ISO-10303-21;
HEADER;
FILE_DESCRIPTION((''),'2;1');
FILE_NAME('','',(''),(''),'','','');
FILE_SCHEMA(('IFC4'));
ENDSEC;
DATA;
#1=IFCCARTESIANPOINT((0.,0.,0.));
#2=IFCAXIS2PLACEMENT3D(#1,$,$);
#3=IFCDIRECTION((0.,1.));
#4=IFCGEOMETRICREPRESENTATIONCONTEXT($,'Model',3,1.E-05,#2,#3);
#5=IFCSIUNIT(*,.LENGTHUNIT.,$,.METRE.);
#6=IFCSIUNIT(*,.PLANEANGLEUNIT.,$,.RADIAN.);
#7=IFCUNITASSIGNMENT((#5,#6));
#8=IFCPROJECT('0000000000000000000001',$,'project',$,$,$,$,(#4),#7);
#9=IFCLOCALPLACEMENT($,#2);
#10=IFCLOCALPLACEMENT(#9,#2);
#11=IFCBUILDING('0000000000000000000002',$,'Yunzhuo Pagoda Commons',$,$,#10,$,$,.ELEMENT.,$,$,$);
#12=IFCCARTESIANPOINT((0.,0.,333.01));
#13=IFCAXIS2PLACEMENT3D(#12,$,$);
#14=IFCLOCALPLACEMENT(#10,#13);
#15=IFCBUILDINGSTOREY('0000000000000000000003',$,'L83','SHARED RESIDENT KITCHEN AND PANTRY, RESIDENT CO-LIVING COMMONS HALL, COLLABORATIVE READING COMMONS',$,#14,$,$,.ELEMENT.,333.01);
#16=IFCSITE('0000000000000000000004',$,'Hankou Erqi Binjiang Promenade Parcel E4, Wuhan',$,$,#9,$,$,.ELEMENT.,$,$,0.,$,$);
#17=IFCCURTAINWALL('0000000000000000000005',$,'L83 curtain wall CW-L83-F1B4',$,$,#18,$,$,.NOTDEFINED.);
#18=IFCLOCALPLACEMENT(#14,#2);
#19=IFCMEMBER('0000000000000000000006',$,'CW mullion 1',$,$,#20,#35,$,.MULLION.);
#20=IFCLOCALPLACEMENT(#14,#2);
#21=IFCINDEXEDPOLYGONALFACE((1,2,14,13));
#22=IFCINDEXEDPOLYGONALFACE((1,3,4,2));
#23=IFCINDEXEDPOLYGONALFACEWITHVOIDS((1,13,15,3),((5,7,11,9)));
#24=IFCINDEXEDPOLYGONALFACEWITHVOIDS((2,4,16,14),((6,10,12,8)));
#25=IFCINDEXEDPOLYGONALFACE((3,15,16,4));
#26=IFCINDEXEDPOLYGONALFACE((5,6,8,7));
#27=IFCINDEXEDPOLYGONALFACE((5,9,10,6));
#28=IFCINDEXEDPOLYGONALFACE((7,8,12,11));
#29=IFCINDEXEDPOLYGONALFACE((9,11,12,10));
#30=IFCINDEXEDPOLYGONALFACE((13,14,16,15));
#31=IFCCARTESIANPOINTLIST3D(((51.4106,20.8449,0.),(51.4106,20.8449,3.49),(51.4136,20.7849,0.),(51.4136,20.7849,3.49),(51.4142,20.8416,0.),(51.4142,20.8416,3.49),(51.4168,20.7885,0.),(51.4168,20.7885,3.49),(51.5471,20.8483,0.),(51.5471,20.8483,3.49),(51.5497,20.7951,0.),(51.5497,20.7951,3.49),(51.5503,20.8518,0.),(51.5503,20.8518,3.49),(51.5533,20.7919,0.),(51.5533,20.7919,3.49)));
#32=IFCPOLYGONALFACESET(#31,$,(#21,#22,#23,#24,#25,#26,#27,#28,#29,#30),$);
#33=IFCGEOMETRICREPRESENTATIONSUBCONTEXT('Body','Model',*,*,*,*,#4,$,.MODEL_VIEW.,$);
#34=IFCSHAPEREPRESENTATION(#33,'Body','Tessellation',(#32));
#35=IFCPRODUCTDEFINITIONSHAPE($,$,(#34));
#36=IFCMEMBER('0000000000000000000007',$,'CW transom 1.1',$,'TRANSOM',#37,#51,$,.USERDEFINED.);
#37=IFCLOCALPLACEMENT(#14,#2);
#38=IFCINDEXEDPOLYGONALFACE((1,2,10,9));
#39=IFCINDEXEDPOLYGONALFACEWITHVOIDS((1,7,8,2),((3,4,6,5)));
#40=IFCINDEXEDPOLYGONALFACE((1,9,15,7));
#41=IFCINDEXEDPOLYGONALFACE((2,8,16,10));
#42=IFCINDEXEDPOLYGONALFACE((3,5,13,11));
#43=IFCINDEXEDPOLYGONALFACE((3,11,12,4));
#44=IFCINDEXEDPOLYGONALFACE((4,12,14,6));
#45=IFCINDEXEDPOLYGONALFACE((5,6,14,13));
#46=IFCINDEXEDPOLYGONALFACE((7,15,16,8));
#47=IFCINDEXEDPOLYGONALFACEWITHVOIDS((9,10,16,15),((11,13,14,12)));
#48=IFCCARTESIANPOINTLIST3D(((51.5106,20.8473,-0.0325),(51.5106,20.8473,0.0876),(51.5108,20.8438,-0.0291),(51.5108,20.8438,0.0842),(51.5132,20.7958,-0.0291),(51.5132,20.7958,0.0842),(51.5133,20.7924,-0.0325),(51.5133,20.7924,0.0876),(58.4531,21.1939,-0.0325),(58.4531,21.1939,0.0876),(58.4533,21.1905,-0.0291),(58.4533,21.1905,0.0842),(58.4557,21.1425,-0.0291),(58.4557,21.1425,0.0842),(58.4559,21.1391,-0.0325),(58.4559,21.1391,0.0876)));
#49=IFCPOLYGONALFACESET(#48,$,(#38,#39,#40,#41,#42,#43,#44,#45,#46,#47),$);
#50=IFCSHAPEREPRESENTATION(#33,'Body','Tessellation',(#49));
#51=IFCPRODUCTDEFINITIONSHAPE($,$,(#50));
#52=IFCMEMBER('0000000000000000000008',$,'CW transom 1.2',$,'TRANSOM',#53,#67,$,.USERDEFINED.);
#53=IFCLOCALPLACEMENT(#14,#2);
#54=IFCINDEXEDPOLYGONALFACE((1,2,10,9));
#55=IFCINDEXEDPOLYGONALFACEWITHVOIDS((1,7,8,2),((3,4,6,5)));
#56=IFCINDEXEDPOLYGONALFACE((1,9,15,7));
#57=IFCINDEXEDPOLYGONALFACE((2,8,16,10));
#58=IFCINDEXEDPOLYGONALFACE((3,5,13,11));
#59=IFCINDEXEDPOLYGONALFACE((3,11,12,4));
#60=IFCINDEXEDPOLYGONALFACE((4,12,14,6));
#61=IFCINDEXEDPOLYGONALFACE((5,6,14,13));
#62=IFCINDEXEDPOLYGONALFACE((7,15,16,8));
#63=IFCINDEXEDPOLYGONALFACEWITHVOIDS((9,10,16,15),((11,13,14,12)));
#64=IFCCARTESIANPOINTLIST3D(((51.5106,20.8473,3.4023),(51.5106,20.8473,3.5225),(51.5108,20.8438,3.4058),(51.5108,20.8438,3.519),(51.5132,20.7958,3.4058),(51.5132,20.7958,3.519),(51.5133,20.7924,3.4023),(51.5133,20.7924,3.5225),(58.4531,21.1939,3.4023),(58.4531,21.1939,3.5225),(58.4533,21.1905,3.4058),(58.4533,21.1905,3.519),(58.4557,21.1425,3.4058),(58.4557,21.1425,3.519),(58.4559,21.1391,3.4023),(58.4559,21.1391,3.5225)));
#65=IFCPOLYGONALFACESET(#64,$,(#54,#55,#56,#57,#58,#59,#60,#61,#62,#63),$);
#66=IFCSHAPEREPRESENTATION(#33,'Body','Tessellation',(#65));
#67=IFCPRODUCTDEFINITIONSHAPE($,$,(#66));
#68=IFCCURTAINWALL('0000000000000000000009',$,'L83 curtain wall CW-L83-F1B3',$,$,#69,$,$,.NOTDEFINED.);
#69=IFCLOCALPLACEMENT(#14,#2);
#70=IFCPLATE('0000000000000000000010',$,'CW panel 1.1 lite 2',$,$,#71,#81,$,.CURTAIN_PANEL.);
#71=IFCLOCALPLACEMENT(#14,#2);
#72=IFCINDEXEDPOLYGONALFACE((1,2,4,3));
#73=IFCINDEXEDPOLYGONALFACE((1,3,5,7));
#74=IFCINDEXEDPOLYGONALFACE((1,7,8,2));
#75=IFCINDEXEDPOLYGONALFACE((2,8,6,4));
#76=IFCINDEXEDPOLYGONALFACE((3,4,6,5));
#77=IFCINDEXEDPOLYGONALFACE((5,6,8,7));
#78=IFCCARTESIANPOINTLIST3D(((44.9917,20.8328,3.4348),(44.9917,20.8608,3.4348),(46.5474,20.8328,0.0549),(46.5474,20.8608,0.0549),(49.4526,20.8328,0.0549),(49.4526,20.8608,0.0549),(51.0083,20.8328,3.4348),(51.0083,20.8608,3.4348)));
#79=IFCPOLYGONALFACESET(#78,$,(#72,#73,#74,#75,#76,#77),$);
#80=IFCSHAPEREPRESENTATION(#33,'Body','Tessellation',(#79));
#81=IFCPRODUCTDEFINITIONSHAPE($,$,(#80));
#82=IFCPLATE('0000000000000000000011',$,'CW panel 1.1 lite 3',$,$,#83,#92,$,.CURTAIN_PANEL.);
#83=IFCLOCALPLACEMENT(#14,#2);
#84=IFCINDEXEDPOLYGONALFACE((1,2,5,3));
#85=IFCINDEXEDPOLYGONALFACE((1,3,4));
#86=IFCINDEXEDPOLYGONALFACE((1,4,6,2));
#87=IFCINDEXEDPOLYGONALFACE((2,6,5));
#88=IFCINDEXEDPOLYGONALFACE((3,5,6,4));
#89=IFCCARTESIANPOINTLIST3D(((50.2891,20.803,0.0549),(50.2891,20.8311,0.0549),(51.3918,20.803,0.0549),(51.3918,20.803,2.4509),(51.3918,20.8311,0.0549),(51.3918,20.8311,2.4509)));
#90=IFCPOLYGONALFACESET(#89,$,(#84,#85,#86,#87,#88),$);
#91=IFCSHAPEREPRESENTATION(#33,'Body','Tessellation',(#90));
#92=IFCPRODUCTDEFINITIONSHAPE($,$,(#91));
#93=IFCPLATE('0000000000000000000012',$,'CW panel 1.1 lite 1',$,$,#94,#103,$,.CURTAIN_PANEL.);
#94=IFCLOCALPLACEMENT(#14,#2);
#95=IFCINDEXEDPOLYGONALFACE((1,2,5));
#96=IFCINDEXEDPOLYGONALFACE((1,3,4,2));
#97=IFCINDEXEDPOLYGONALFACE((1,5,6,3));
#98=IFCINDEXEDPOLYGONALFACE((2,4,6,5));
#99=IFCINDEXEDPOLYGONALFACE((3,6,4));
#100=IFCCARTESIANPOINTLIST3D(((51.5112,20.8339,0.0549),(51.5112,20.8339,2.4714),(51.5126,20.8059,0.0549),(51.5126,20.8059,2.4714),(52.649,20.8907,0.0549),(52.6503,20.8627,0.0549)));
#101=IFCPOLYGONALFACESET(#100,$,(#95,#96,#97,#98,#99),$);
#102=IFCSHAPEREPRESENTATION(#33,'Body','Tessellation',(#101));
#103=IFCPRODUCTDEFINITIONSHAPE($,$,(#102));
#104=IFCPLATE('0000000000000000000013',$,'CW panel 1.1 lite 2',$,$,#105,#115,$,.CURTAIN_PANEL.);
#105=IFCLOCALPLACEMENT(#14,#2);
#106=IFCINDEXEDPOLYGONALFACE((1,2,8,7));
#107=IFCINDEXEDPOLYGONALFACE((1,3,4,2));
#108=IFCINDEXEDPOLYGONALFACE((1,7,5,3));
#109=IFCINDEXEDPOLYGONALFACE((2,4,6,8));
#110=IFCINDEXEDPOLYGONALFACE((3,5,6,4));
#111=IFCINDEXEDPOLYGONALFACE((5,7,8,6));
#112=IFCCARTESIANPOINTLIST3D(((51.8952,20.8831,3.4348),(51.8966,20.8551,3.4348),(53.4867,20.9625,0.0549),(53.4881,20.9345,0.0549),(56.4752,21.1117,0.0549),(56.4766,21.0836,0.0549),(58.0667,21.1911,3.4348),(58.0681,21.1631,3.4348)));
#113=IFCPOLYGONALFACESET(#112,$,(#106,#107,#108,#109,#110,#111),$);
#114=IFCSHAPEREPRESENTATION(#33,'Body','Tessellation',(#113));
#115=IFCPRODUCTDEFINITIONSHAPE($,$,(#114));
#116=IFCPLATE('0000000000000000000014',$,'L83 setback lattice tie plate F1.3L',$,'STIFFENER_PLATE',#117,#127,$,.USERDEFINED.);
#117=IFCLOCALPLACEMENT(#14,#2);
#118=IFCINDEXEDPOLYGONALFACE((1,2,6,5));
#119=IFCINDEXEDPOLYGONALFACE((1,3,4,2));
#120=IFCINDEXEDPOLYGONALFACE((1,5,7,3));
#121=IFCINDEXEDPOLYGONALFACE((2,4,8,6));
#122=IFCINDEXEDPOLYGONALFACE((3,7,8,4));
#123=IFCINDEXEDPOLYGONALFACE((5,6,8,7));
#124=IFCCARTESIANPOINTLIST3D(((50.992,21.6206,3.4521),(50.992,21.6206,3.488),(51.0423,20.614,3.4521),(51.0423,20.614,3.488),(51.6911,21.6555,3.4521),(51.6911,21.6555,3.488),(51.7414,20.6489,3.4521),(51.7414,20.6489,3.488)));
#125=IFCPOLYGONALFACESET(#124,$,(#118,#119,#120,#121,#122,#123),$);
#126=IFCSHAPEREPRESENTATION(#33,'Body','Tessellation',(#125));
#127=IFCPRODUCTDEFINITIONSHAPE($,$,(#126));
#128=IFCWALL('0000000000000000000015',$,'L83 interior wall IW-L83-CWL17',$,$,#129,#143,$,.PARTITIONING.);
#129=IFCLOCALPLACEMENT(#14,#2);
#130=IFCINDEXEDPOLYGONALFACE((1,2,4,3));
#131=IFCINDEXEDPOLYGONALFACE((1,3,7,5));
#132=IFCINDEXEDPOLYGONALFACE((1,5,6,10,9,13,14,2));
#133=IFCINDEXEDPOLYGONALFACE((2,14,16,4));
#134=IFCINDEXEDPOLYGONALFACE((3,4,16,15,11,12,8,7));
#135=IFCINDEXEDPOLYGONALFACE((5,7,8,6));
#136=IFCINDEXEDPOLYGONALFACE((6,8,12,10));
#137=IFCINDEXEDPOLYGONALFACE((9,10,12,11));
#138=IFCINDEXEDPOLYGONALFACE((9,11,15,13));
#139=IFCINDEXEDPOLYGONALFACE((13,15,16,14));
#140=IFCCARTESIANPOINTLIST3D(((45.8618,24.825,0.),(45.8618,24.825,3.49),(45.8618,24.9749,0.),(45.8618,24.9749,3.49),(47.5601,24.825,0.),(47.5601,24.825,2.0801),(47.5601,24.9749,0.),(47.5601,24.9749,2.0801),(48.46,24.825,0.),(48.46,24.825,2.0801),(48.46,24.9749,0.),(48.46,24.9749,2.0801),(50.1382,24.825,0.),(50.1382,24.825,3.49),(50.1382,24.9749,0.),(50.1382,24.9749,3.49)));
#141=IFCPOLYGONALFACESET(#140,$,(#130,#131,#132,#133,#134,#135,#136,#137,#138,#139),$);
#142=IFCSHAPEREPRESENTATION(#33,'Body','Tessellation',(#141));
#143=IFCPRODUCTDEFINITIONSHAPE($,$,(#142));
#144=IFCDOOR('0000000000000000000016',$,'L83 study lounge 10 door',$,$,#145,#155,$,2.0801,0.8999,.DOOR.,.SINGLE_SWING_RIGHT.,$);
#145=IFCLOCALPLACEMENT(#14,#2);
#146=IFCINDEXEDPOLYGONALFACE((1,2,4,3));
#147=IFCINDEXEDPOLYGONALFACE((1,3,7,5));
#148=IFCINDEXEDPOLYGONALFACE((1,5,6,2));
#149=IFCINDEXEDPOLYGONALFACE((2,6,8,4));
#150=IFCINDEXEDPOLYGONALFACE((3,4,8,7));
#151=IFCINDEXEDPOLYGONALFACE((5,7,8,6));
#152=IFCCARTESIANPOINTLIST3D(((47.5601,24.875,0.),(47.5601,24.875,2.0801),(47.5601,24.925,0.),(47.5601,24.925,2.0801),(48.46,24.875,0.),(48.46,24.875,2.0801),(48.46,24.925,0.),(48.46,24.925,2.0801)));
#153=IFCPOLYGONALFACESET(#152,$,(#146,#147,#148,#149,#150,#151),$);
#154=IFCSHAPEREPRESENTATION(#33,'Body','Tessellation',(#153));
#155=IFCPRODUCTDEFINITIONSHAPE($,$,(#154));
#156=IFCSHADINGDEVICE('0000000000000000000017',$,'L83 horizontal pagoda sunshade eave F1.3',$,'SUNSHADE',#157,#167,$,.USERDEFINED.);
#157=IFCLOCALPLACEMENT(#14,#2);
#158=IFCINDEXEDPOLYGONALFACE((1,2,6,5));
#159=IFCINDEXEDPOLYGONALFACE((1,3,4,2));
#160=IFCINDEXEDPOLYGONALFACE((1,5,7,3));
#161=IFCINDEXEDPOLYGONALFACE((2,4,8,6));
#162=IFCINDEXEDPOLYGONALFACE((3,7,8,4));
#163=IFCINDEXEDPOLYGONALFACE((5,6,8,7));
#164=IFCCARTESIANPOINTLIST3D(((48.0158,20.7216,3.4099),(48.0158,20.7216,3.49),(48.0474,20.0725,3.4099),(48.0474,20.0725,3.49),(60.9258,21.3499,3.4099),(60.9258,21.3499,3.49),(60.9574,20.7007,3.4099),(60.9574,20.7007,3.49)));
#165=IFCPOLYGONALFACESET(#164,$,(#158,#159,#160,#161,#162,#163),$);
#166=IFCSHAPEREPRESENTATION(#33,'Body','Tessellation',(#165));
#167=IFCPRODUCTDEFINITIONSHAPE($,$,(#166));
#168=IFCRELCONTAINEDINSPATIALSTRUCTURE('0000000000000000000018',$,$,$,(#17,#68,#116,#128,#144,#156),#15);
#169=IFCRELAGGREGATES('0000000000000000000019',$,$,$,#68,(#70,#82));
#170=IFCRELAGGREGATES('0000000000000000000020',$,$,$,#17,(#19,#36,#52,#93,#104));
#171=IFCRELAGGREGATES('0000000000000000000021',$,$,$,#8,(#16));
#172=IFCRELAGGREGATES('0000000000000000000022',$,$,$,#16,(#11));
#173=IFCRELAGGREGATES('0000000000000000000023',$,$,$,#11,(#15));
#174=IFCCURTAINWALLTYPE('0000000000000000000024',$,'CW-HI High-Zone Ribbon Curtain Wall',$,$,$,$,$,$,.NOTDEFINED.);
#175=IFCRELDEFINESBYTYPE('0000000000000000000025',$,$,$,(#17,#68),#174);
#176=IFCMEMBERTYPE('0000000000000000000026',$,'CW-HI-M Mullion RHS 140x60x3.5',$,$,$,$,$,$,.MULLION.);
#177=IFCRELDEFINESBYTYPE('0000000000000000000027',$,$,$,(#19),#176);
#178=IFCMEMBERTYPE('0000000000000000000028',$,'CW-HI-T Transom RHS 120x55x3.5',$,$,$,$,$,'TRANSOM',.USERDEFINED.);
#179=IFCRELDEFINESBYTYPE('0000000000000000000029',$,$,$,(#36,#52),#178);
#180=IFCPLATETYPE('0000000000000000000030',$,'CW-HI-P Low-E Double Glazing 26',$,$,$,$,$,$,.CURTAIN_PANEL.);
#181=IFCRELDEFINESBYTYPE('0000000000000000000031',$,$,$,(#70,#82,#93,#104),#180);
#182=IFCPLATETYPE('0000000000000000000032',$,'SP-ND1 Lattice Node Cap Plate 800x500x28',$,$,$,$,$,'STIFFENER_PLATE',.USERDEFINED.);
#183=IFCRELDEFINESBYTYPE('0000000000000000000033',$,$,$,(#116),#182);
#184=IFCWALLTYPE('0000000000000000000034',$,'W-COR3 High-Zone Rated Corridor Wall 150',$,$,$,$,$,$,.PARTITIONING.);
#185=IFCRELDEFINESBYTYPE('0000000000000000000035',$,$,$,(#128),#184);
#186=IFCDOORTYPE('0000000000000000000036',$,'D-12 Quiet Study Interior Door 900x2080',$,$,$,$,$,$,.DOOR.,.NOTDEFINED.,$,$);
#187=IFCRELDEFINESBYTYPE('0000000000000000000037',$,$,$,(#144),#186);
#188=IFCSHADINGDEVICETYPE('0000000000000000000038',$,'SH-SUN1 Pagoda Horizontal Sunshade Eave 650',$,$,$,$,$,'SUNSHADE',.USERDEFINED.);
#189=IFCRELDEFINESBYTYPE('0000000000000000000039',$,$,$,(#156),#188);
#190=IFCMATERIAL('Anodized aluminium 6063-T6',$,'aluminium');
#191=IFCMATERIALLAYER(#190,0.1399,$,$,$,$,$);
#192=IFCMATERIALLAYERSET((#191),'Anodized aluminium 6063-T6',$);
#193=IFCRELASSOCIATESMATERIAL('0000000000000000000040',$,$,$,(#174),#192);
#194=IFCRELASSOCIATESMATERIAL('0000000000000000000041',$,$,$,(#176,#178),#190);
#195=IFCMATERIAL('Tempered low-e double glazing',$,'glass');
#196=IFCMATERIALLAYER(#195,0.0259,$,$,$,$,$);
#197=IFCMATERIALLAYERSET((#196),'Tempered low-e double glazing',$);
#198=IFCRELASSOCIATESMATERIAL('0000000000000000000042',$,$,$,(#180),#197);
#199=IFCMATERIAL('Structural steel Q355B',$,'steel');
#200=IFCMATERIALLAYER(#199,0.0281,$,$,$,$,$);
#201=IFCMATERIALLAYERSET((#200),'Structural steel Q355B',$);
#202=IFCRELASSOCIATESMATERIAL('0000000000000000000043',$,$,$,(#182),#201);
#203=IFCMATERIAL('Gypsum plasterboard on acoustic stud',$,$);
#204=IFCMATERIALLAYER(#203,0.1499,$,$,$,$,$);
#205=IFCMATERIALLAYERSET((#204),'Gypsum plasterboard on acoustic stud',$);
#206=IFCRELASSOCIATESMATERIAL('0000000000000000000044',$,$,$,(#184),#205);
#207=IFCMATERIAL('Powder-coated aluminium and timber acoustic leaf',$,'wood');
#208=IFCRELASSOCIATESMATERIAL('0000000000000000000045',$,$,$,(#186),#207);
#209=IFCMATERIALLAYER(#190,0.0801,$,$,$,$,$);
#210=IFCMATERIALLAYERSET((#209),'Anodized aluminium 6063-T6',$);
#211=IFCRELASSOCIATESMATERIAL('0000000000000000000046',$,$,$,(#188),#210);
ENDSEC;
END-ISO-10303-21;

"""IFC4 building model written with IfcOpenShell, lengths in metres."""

from ifc_helpers import new_model, si_unit, direction, frame, frame_2d, origin, origin_with_axes, origin_2d, place, context, subcontext, project, spatial, polyline, rectangle, hollow_rectangle, outline, extrude, source, transform, mapped, material, layer, layer_set, material_profile, profile_set, type_object, element, fill, aggregate, save


model = new_model("IFC4")

# Units and contexts
model_context = context("Model", 3, precision=1e-05, world=origin(), true_north=direction((0.0, 1.0)))
body_context = subcontext(model_context, "Body", "Model", "MODEL_VIEW")
ifc_project = project(units=[si_unit("LENGTHUNIT", "METRE"), si_unit("PLANEANGLEUNIT", "RADIAN")], contexts=[model_context])

# Site, building, storey
site_placement = place(None, origin())
site = spatial("IfcSite", under=ifc_project, at=site_placement, Name="Hankou Erqi Binjiang Promenade Parcel E4, Wuhan", CompositionType="ELEMENT", RefElevation=0.0)
building_placement = place(site_placement, origin())
building = spatial("IfcBuilding", under=site, at=building_placement, Name="Yunzhuo Pagoda Commons", CompositionType="ELEMENT")
storey_placement = place(building_placement, frame((0.0, 0.0, 333.01)))
storey = spatial("IfcBuildingStorey", under=building, at=storey_placement, Name="L83", Description="SHARED RESIDENT KITCHEN AND PANTRY, RESIDENT CO-LIVING COMMONS HALL, COLLABORATIVE READING COMMONS", CompositionType="ELEMENT", Elevation=333.01)

# Shared definitions
ifc_material_1 = material(Name="Structural steel Q355B", Category="steel")

# Curtain wall, members
ifc_material_2 = material(Name="Anodized aluminium 6063-T6", Category="aluminium")
ifc_layer_1 = layer(ifc_material_2, 0.1399)
ifc_layer_set_1 = layer_set([ifc_layer_1], Name="Anodized aluminium 6063-T6")
curtain_wall_type = type_object("IfcCurtainWallType", Name="CW-HI High-Zone Ribbon Curtain Wall", PredefinedType="NOTDEFINED", material=ifc_layer_set_1)
curtain_wall_1_placement = place(storey_placement, origin())
curtain_wall_1 = element("IfcCurtainWall", 1, at=curtain_wall_1_placement, inside=storey, type_object=curtain_wall_type, Name="L83 curtain wall CW-L83-F1B4", PredefinedType="NOTDEFINED")
ifc_material_profile_1 = material_profile(ifc_material_2, hollow_rectangle(XDim=0.0601, YDim=0.1399, WallThickness=0.0034, at=origin_2d()), Name="Anodized aluminium 6063-T6")
ifc_profile_set_1 = profile_set([ifc_material_profile_1], Name="Anodized aluminium 6063-T6")
member_type_1 = type_object("IfcMemberType", Name="CW-HI-M Mullion RHS 140x60x3.5", PredefinedType="MULLION", material=ifc_profile_set_1)
shared_shape_1 = source(origin(), body_context, "Body", "SweptSolid", [
    extrude(hollow_rectangle(XDim=0.0601, YDim=0.1399, WallThickness=0.0034, at=origin_2d()), origin(), (0.0, 0.0, 1.0), 3.49),
])
member_1_placement = place(storey_placement, frame((51.4819, 20.8184, 0.0), z_axis=(0.0, 0.0, 1.0), x_axis=(-0.04985, 0.998757, 0.0)))
member_1 = element("IfcMember", 2, at=member_1_placement, type_object=member_type_1, Name="CW mullion 1", PredefinedType="MULLION", context=body_context, shape_type="MappedRepresentation", body=[
    mapped(shared_shape_1, transform((0.0, 0.0, 0.0), scale=1.0)),
])
ifc_material_profile_2 = material_profile(ifc_material_2, hollow_rectangle(XDim=0.0549, YDim=0.1201, WallThickness=0.0034, at=origin_2d()), Name="Anodized aluminium 6063-T6")
ifc_profile_set_2 = profile_set([ifc_material_profile_2], Name="Anodized aluminium 6063-T6")
member_type_2 = type_object("IfcMemberType", Name="CW-HI-T Transom RHS 120x55x3.5", ElementType="TRANSOM", PredefinedType="USERDEFINED", material=ifc_profile_set_2)
shared_shape_2 = source(origin(), body_context, "Body", "SweptSolid", [
    extrude(hollow_rectangle(XDim=0.0549, YDim=0.1201, WallThickness=0.0034, at=origin_2d()), origin(), (0.0, 0.0, 1.0), 6.9512),
])
member_2_placement = place(storey_placement, frame((51.512, 20.8198, 0.0276), z_axis=(0.998756, 0.049873, 0.0), x_axis=(-0.049873, 0.998756, 0.0)))
member_2 = element("IfcMember", 3, at=member_2_placement, type_object=member_type_2, Name="CW transom 1.1", ObjectType="TRANSOM", PredefinedType="USERDEFINED", context=body_context, shape_type="MappedRepresentation", body=[
    mapped(shared_shape_2, transform((0.0, 0.0, 0.0), scale=1.0)),
])
member_3_placement = place(storey_placement, frame((51.512, 20.8198, 3.4624), z_axis=(0.998756, 0.049873, 0.0), x_axis=(-0.049873, 0.998756, 0.0)))
member_3 = element("IfcMember", 4, at=member_3_placement, type_object=member_type_2, Name="CW transom 1.2", ObjectType="TRANSOM", PredefinedType="USERDEFINED", context=body_context, shape_type="MappedRepresentation", body=[
    mapped(shared_shape_2, transform((0.0, 0.0, 0.0), scale=1.0)),
])

# Curtain wall, plates
curtain_wall_2_placement = place(storey_placement, origin())
curtain_wall_2 = element("IfcCurtainWall", 5, at=curtain_wall_2_placement, inside=storey, type_object=curtain_wall_type, Name="L83 curtain wall CW-L83-F1B3", PredefinedType="NOTDEFINED")
ifc_material_3 = material(Name="Tempered low-e double glazing", Category="glass")
ifc_layer_2 = layer(ifc_material_3, 0.0259)
ifc_layer_set_2 = layer_set([ifc_layer_2], Name="Tempered low-e double glazing")
plate_type_1 = type_object("IfcPlateType", Name="CW-HI-P Low-E Double Glazing 26", PredefinedType="CURTAIN_PANEL", material=ifc_layer_set_2)
plate_1_placement = place(storey_placement, frame((48.0, 20.8608, 1.7449), z_axis=(0.0, -1.0, 0.0), x_axis=(1.0, 0.0, 0.0)))
plate_1 = element("IfcPlate", 6, at=plate_1_placement, type_object=plate_type_1, Name="CW panel 1.1 lite 2", PredefinedType="CURTAIN_PANEL", context=body_context, shape_type="SweptSolid", body=[
    extrude(outline(polyline([(-3.0083, 1.6899), (-1.4526, -1.6899), (1.4526, -1.6899), (3.0083, 1.6899), (-3.0083, 1.6899)])), origin(), (0.0, 0.0, 1.0), 0.0281),
])
plate_2_placement = place(storey_placement, frame((50.8406, 20.8311, 1.2529), z_axis=(0.0, -1.0, 0.0), x_axis=(1.0, 0.0, 0.0)))
plate_2 = element("IfcPlate", 7, at=plate_2_placement, type_object=plate_type_1, Name="CW panel 1.1 lite 3", PredefinedType="CURTAIN_PANEL", context=body_context, shape_type="SweptSolid", body=[
    extrude(outline(polyline([(-0.5515, -1.198), (0.5513, -1.198), (0.5513, 1.198), (-0.5515, -1.198)])), origin(), (0.0, 0.0, 1.0), 0.0281),
])
aggregate(curtain_wall_2, [plate_1, plate_2])

# Plates
plate_3_placement = place(storey_placement, frame((52.0801, 20.8623, 1.2632), z_axis=(0.04985, -0.998757, 0.0), x_axis=(0.998757, 0.04985, 0.0)))
plate_3 = element("IfcPlate", 8, at=plate_3_placement, type_object=plate_type_1, Name="CW panel 1.1 lite 1", PredefinedType="CURTAIN_PANEL", context=body_context, shape_type="SweptSolid", body=[
    extrude(outline(polyline([(-0.5696, -1.2083), (0.5696, -1.2083), (-0.5696, 1.2083), (-0.5696, -1.2083)])), origin(), (0.0, 0.0, 1.0), 0.0281),
])
plate_4_placement = place(storey_placement, frame((54.981, 21.0371, 1.7449), z_axis=(0.04985, -0.998757, 0.0), x_axis=(0.998757, 0.04985, 0.0)))
plate_4 = element("IfcPlate", 9, at=plate_4_placement, type_object=plate_type_1, Name="CW panel 1.1 lite 2", PredefinedType="CURTAIN_PANEL", context=body_context, shape_type="SweptSolid", body=[
    extrude(outline(polyline([(-3.0896, 1.6899), (-1.4961, -1.6899), (1.4961, -1.6899), (3.0896, 1.6899), (-3.0896, 1.6899)])), origin(), (0.0, 0.0, 1.0), 0.0281),
])
aggregate(curtain_wall_1, [member_1, member_2, member_3, plate_3, plate_4])
ifc_layer_3 = layer(ifc_material_1, 0.0281)
ifc_layer_set_3 = layer_set([ifc_layer_3], Name="Structural steel Q355B")
plate_type_2 = type_object("IfcPlateType", Name="SP-ND1 Lattice Node Cap Plate 800x500x28", ElementType="STIFFENER_PLATE", PredefinedType="USERDEFINED", material=ifc_layer_set_3)
shared_shape_3 = source(origin(), body_context, "Body", "SweptSolid", [
    extrude(rectangle(XDim=0.7, YDim=1.0078, at=origin_2d()), origin(), (0.0, 0.0, 1.0), 0.0359),
])
plate_5_placement = place(storey_placement, frame((51.3667, 21.1348, 3.4521), z_axis=(0.0, 0.0, 1.0), x_axis=(0.998757, 0.049843, 0.0)))
element("IfcPlate", 10, at=plate_5_placement, inside=storey, type_object=plate_type_2, Name="L83 setback lattice tie plate F1.3L", ObjectType="STIFFENER_PLATE", PredefinedType="USERDEFINED", context=body_context, shape_type="MappedRepresentation", body=[
    mapped(shared_shape_3, transform((0.0, 0.0, 0.0), scale=1.0)),
])

# Wall, opening, door
ifc_material_4 = material(Name="Gypsum plasterboard on acoustic stud")
ifc_layer_4 = layer(ifc_material_4, 0.1499)
ifc_layer_set_4 = layer_set([ifc_layer_4], Name="Gypsum plasterboard on acoustic stud")
wall_type = type_object("IfcWallType", Name="W-COR3 High-Zone Rated Corridor Wall 150", PredefinedType="PARTITIONING", material=ifc_layer_set_4)
wall_placement = place(storey_placement, frame((50.1382, 24.8999, 0.0), z_axis=(0.0, 0.0, 1.0), x_axis=(-1.0, 0.0, 0.0)))
wall = element("IfcWall", 11, at=wall_placement, inside=storey, type_object=wall_type, Name="L83 interior wall IW-L83-CWL17", PredefinedType="PARTITIONING", context=body_context, shape_type="SweptSolid", body=[
    extrude(rectangle(XDim=4.2764, YDim=0.1499, at=frame_2d((2.1382, 0.0))), origin(), (0.0, 0.0, 1.0), 3.49),
])
opening_placement = place(wall_placement, frame((1.6782, 0.0, 0.0)))
opening = element("IfcOpeningElement", 12, at=opening_placement, cuts=wall, PredefinedType="OPENING", context=body_context, shape_type="SweptSolid", body=[
    extrude(rectangle(XDim=0.8999, YDim=2.0801, at=frame_2d((0.45, 1.04))), frame((0.0, 0.085, 0.0), z_axis=(0.0, -1.0, 0.0), x_axis=(1.0, 0.0, 0.0)), (0.0, 0.0, 1.0), 0.1699),
])
ifc_material_5 = material(Name="Powder-coated aluminium and timber acoustic leaf", Category="wood")
door_type = type_object("IfcDoorType", Name="D-12 Quiet Study Interior Door 900x2080", OperationType="NOTDEFINED", PredefinedType="DOOR", material=ifc_material_5)
shared_shape_4 = source(origin(), body_context, "Body", "SweptSolid", [
    extrude(rectangle(XDim=0.8999, YDim=2.0801, at=frame_2d((0.45, 1.04))), frame((0.0, 0.0249, 0.0), z_axis=(0.0, -1.0, 0.0), x_axis=(1.0, 0.0, 0.0)), (0.0, 0.0, 1.0), 0.05),
])
door_placement = place(opening_placement, origin_with_axes())
door = element("IfcDoor", 13, at=door_placement, inside=storey, type_object=door_type, Name="L83 study lounge 10 door", OperationType="SINGLE_SWING_RIGHT", OverallHeight=2.0801, OverallWidth=0.8999, PredefinedType="DOOR", context=body_context, shape_type="MappedRepresentation", body=[
    mapped(shared_shape_4, transform((0.0, 0.0, 0.0), scale=1.0)),
])
fill(opening, door)

# Shading device
ifc_layer_5 = layer(ifc_material_2, 0.0801)
ifc_layer_set_5 = layer_set([ifc_layer_5], Name="Anodized aluminium 6063-T6")
shading_device_type = type_object("IfcShadingDeviceType", Name="SH-SUN1 Pagoda Horizontal Sunshade Eave 650", ElementType="SUNSHADE", PredefinedType="USERDEFINED", material=ifc_layer_set_5)
shared_shape_5 = source(origin(), body_context, "Body", "SweptSolid", [
    extrude(rectangle(XDim=12.9253, YDim=0.6499, at=origin_2d()), origin(), (0.0, 0.0, 1.0), 0.0801),
])
shading_device_placement = place(storey_placement, frame((54.4866, 20.7112, 3.4099), z_axis=(0.0, 0.0, 1.0), x_axis=(0.998818, 0.048606, 0.0)))
element("IfcShadingDevice", 14, at=shading_device_placement, inside=storey, type_object=shading_device_type, Name="L83 horizontal pagoda sunshade eave F1.3", ObjectType="SUNSHADE", PredefinedType="USERDEFINED", context=body_context, shape_type="MappedRepresentation", body=[
    mapped(shared_shape_5, transform((0.0, 0.0, 0.0), scale=1.0)),
])

save(model, "model.ifc")
